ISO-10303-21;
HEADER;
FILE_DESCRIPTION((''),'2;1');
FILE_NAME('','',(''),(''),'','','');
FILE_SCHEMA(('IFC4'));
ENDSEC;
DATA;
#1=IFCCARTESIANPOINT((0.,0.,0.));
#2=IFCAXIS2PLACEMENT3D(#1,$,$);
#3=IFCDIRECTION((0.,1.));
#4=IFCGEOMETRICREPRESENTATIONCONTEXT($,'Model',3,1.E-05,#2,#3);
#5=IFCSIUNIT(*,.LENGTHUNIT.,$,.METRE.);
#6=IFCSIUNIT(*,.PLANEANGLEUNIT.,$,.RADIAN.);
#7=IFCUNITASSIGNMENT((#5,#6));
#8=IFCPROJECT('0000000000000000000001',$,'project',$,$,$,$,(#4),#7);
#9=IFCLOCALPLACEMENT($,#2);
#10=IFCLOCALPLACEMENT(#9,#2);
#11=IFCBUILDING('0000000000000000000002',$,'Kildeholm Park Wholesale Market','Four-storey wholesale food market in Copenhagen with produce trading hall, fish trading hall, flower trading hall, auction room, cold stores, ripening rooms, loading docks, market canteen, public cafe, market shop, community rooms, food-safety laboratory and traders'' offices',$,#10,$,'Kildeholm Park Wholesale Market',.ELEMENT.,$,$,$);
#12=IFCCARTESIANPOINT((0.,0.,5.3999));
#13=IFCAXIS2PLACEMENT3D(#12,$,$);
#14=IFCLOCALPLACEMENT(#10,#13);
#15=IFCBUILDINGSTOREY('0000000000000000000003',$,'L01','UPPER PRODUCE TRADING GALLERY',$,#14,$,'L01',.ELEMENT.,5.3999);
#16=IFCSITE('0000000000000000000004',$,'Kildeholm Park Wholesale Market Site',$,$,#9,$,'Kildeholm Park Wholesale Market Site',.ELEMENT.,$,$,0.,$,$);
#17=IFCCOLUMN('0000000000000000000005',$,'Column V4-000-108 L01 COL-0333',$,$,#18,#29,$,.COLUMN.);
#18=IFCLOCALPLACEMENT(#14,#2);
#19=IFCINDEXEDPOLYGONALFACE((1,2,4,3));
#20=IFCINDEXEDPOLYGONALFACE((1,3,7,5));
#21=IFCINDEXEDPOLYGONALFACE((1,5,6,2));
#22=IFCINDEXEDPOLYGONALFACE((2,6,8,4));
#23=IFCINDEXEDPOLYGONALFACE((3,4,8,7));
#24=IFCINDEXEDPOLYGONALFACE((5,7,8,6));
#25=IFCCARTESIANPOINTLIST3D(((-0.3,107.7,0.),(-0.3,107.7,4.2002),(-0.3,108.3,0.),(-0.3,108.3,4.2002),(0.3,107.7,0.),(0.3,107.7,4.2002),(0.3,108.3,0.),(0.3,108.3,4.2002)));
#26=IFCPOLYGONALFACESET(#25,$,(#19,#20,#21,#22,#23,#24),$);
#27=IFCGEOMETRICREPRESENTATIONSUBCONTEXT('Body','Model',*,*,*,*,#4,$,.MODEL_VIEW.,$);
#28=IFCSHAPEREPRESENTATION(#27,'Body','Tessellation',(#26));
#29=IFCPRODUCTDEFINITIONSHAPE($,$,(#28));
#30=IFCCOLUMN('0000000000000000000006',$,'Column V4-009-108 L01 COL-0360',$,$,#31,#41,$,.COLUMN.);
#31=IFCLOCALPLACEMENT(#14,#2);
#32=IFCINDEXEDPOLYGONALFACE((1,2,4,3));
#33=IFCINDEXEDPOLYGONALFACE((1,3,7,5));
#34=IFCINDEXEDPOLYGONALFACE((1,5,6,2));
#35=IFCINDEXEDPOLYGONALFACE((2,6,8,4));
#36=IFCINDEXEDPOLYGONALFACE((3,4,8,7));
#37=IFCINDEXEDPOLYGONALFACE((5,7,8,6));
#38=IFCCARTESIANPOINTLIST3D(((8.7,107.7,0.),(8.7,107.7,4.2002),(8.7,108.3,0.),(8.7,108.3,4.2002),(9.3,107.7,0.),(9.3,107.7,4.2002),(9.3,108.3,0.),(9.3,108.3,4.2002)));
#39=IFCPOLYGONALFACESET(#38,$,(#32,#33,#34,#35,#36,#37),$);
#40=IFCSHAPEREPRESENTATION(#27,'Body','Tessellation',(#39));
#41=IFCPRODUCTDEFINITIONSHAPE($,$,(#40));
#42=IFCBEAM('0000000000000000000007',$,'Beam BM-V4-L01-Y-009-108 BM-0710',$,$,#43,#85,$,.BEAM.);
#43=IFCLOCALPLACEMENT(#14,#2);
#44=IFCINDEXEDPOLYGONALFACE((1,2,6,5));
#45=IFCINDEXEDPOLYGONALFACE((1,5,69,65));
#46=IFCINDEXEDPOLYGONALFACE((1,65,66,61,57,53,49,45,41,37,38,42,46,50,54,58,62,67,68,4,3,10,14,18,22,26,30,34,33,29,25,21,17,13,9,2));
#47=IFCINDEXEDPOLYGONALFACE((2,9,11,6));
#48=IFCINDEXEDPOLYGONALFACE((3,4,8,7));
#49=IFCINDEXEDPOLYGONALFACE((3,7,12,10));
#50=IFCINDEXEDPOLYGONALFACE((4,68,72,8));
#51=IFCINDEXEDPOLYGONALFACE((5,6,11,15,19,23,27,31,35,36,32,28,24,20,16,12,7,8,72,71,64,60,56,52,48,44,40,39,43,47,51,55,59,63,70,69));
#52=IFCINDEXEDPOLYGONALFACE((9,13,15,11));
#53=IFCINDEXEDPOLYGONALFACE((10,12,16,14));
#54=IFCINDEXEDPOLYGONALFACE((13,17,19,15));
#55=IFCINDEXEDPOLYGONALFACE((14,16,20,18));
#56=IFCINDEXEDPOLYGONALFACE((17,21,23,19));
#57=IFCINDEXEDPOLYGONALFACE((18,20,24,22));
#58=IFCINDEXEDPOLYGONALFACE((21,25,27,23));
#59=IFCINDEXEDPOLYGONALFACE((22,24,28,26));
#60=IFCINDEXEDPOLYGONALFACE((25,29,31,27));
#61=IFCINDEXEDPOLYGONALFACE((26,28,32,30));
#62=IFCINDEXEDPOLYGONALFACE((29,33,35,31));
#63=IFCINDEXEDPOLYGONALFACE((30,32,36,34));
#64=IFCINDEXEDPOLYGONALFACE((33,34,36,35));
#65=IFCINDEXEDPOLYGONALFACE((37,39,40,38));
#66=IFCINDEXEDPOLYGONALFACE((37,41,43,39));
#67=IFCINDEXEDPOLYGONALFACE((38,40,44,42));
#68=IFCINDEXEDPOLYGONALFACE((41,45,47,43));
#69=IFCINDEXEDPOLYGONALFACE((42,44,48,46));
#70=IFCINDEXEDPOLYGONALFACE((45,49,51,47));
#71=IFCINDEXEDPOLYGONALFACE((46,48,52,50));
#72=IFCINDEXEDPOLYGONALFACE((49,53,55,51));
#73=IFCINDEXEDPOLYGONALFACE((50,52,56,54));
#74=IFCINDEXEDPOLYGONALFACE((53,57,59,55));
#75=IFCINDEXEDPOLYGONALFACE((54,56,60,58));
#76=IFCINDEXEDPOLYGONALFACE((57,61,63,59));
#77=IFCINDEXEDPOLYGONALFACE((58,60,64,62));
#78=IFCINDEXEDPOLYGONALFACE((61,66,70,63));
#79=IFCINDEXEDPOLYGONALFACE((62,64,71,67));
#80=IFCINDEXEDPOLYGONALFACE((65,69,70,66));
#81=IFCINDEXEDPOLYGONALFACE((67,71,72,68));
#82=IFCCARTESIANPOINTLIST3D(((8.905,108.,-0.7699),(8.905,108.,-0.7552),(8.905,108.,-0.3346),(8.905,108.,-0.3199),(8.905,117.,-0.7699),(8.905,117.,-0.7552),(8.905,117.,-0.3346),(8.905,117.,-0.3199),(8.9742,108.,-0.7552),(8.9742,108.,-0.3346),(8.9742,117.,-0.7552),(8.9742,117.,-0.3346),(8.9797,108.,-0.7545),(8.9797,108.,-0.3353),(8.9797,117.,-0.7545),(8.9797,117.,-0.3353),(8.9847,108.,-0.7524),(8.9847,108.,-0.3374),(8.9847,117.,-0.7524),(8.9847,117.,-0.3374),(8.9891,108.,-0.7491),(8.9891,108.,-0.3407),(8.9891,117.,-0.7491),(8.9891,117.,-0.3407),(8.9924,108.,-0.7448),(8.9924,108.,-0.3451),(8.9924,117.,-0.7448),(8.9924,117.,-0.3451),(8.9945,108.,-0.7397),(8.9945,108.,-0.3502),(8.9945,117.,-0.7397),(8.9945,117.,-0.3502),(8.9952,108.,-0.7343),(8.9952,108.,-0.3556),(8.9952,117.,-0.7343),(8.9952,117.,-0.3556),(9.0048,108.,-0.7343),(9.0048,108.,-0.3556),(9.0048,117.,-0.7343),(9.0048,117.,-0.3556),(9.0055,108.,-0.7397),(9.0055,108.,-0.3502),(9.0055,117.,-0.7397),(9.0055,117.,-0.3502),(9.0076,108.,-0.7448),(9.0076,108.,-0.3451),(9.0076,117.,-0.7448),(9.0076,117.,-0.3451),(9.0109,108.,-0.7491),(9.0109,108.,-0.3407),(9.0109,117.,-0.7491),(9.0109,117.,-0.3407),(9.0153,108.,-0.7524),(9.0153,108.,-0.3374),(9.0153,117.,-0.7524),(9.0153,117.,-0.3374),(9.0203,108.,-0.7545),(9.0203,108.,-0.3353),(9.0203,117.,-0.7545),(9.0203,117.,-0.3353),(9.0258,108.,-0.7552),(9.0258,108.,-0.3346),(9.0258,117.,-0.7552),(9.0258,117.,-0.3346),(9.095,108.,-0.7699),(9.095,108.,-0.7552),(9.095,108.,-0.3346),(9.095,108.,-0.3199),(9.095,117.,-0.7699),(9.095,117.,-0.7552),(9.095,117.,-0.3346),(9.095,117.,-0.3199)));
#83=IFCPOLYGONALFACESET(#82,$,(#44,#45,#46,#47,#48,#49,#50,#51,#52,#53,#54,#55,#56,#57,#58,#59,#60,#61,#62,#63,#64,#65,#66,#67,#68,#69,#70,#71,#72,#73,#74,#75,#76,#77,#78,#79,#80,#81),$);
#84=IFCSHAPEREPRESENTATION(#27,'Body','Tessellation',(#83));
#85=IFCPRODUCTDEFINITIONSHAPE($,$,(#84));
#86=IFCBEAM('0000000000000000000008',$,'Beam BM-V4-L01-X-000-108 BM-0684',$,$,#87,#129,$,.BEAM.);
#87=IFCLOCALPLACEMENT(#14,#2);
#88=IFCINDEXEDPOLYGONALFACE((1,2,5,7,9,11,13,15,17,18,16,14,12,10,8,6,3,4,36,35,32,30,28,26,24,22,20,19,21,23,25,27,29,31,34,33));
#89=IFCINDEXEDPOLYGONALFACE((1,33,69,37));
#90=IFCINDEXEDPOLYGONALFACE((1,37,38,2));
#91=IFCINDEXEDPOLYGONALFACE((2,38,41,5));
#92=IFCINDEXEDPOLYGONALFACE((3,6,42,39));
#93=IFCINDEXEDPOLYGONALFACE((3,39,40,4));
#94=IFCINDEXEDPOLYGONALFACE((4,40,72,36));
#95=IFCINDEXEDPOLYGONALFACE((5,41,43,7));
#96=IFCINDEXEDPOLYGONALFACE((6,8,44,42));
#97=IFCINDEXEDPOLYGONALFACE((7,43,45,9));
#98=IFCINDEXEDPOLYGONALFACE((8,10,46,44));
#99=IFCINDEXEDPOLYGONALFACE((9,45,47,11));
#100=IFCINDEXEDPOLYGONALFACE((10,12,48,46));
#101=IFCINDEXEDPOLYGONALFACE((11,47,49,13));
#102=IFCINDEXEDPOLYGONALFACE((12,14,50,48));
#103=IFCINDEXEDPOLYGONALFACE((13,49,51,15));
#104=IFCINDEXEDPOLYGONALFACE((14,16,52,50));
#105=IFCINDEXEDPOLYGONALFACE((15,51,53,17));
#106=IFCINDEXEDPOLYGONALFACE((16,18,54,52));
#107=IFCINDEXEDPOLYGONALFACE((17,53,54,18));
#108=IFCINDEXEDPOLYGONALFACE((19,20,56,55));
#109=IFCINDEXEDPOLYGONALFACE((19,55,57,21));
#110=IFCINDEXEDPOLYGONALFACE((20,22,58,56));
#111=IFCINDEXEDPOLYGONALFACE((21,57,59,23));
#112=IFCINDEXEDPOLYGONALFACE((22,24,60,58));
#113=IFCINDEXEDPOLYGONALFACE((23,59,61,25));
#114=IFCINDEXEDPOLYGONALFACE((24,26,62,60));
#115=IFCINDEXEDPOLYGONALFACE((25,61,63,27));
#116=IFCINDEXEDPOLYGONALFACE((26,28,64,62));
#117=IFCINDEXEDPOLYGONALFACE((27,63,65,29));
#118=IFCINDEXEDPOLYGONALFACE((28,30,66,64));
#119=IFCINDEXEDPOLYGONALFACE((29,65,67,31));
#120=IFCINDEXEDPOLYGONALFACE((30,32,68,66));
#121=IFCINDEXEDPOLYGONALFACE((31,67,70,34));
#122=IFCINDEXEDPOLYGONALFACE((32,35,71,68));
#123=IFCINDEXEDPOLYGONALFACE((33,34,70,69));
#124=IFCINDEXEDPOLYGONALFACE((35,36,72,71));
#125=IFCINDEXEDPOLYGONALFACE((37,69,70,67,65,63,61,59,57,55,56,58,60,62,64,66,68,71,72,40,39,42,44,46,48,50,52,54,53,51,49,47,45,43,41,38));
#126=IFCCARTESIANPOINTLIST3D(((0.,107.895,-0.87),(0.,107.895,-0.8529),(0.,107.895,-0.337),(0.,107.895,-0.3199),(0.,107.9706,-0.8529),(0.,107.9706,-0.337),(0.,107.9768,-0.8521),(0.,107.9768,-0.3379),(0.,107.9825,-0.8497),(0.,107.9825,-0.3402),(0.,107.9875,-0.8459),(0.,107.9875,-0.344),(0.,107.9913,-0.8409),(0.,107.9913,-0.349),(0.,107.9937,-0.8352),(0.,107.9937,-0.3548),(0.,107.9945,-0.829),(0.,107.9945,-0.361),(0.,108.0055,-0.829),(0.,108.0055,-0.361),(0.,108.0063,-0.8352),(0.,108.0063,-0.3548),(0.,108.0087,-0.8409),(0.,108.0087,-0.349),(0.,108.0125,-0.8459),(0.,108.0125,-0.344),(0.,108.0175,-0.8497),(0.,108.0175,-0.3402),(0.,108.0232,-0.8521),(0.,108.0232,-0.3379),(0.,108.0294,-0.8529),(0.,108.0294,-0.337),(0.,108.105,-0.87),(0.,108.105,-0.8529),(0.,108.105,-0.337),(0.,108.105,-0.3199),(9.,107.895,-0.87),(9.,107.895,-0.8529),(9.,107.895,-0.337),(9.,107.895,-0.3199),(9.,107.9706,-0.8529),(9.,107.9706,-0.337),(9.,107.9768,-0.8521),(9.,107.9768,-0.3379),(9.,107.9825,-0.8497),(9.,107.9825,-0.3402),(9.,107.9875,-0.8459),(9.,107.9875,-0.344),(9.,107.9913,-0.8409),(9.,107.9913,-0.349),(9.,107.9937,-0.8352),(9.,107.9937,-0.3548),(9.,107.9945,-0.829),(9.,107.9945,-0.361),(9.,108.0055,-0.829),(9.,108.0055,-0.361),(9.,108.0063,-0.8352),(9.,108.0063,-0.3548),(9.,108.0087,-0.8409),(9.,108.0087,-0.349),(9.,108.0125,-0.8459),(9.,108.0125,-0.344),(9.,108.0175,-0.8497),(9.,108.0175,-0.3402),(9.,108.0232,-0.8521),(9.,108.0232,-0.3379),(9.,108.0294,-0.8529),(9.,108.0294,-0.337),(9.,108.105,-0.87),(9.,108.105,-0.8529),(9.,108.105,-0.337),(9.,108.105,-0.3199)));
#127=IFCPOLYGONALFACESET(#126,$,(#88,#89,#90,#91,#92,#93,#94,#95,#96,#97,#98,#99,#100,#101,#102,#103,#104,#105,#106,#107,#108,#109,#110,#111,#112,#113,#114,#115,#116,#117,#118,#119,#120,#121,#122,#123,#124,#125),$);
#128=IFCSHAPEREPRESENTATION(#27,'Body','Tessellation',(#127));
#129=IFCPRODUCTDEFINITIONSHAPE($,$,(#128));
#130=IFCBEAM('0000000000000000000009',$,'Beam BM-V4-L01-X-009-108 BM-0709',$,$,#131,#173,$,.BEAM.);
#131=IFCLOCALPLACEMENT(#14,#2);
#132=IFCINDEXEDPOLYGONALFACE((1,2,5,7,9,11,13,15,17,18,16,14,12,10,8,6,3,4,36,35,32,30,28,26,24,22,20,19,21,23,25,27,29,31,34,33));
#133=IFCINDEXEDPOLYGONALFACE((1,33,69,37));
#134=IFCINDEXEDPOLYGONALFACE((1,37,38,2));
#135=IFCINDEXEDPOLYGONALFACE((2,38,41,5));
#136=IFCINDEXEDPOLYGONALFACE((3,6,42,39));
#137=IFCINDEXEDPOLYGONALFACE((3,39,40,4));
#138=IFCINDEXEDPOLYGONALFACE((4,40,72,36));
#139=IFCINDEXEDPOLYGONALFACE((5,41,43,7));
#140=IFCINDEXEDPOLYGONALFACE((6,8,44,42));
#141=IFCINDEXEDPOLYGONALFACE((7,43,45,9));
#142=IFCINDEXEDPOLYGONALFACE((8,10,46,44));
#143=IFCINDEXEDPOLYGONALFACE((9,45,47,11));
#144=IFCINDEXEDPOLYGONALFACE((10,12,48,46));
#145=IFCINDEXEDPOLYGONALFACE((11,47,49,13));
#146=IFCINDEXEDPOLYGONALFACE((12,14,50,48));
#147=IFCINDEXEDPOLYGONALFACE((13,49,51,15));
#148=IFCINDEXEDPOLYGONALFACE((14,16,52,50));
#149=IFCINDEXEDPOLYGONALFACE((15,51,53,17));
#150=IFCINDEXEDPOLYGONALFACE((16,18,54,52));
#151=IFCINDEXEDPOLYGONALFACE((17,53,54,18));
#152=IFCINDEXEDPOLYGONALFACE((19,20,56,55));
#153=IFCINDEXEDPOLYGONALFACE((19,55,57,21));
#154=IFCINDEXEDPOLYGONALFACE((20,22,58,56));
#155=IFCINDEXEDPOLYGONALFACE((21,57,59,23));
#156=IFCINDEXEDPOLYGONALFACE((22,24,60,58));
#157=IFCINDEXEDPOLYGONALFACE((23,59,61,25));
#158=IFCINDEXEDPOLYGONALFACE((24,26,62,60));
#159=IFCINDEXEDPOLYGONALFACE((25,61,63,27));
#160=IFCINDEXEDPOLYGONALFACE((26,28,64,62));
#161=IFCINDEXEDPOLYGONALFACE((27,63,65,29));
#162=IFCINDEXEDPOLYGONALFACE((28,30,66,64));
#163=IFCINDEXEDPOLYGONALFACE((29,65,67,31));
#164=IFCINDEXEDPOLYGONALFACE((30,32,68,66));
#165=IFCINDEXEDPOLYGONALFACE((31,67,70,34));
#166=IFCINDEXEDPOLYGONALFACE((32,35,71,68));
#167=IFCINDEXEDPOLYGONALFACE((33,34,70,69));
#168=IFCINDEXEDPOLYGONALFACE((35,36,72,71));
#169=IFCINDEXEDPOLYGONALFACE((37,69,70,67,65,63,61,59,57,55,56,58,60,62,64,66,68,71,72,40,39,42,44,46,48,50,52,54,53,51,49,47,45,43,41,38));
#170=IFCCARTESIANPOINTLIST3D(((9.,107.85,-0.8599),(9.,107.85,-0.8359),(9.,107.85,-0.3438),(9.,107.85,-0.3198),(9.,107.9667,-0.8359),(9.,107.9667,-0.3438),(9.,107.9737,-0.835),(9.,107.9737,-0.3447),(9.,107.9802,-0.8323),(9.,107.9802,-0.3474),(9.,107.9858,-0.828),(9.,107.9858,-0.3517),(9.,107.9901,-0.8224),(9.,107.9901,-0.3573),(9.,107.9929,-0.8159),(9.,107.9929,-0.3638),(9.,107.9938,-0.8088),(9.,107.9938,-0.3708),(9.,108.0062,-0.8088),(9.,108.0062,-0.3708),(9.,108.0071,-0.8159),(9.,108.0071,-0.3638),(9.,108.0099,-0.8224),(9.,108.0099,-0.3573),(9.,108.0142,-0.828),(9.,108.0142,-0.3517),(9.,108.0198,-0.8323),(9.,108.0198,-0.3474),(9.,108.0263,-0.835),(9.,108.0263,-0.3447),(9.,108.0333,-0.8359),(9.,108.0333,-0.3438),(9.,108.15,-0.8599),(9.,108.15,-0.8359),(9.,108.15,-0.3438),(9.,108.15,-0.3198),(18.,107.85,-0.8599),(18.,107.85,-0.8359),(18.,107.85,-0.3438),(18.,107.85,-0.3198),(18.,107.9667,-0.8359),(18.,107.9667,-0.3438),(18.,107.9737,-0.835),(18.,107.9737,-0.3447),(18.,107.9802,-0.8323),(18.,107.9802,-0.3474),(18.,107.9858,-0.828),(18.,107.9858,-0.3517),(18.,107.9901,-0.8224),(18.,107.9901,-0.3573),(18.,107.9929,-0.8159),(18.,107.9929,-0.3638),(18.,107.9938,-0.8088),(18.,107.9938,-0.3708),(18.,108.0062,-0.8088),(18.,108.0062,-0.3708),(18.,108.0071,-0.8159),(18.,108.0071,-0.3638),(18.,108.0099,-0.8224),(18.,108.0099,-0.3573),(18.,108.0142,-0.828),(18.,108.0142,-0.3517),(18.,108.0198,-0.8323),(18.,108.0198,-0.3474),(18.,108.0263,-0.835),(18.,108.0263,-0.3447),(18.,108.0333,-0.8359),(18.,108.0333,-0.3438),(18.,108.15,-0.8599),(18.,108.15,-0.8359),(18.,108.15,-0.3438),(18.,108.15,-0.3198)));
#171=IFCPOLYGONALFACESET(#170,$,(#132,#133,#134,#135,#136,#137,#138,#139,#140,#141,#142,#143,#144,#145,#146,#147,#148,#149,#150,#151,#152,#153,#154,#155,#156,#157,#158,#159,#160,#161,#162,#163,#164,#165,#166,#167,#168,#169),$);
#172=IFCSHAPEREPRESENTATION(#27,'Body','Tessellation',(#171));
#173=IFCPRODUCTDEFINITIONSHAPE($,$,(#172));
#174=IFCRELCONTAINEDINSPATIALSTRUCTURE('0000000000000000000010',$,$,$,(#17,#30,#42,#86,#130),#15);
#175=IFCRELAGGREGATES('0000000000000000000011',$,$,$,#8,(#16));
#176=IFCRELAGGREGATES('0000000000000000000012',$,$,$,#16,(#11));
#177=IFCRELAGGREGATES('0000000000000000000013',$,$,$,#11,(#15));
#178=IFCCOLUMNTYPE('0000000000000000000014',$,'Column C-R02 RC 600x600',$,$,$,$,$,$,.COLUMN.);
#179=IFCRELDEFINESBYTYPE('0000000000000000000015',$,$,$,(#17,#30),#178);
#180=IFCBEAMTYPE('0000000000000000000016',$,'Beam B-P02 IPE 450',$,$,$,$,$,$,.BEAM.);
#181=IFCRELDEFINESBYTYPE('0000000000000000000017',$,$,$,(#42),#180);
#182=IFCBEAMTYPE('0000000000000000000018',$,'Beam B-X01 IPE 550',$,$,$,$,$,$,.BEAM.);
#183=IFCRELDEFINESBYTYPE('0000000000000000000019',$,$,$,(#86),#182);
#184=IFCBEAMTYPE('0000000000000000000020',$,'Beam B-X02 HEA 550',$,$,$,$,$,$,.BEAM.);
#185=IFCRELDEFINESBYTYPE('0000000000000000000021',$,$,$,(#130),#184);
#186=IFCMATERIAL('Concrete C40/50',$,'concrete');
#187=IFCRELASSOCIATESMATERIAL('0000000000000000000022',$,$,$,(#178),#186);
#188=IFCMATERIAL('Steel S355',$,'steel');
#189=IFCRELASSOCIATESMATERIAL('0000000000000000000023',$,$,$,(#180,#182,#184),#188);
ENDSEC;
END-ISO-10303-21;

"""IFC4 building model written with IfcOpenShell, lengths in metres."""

from ifc_helpers import new_model, si_unit, direction, frame, origin, origin_2d, place, context, subcontext, project, spatial, rectangle, i_section, extrude, material, material_profile, profile_set, type_object, element, save


model = new_model("IFC4")

# Units and contexts
model_context = context("Model", 3, precision=1e-05, world=origin(), true_north=direction((0.0, 1.0)))
body_context = subcontext(model_context, "Body", "Model", "MODEL_VIEW")
ifc_project = project(units=[si_unit("LENGTHUNIT", "METRE"), si_unit("PLANEANGLEUNIT", "RADIAN")], contexts=[model_context])

# Site, building, storey
site_placement = place(None, origin())
site = spatial("IfcSite", under=ifc_project, at=site_placement, Name="Kildeholm Park Wholesale Market Site", LongName="Kildeholm Park Wholesale Market Site", CompositionType="ELEMENT", RefElevation=0.0)
building_placement = place(site_placement, origin())
building = spatial("IfcBuilding", under=site, at=building_placement, Name="Kildeholm Park Wholesale Market", Description="Four-storey wholesale food market in Copenhagen with produce trading hall, fish trading hall, flower trading hall, auction room, cold stores, ripening rooms, loading docks, market canteen, public cafe, market shop, community rooms, food-safety laboratory and traders' offices", LongName="Kildeholm Park Wholesale Market", CompositionType="ELEMENT")
storey_placement = place(building_placement, frame((0.0, 0.0, 5.3999)))
storey = spatial("IfcBuildingStorey", under=building, at=storey_placement, Name="L01", Description="UPPER PRODUCE TRADING GALLERY", LongName="L01", CompositionType="ELEMENT", Elevation=5.3999)

# Columns
ifc_material_1 = material(Name="Concrete C40/50", Category="concrete")
ifc_material_profile_1 = material_profile(ifc_material_1, rectangle(XDim=0.6001, YDim=0.6001, at=origin_2d()), Name="RC 600x600")
ifc_profile_set_1 = profile_set([ifc_material_profile_1], Name="Concrete C40/50")
column_type = type_object("IfcColumnType", Name="Column C-R02 RC 600x600", PredefinedType="COLUMN", material=ifc_profile_set_1)
for number, where, z_axis, x_axis, name in (
    (1, (0.0, 108.0, 0.0), (0.0, 0.0, 1.0), (1.0, 0.0, 0.0), "Column V4-000-108 L01 COL-0333"),
    (2, (9.0, 108.0, 0.0), (0.0, 0.0, 1.0), (1.0, 0.0, 0.0), "Column V4-009-108 L01 COL-0360"),
):
    element("IfcColumn", number, at=place(storey_placement, frame(where, z_axis=z_axis, x_axis=x_axis)), inside=storey, type_object=column_type, Name=name, PredefinedType="COLUMN", context=body_context, shape_type="SweptSolid", body=[
        extrude(rectangle(XDim=0.6001, YDim=0.6001, at=origin_2d()), origin(), (0.0, 0.0, 1.0), 4.2002),
    ])

# Beams
ifc_material_2 = material(Name="Steel S355", Category="steel")
ifc_material_profile_2 = material_profile(ifc_material_2, i_section(OverallWidth=0.1899, OverallDepth=0.45, WebThickness=0.0095, FlangeThickness=0.0146, FilletRadius=0.021, at=origin_2d()), Name="IPE 450")
ifc_profile_set_2 = profile_set([ifc_material_profile_2], Name="Steel S355")
beam_type_1 = type_object("IfcBeamType", Name="Beam B-P02 IPE 450", PredefinedType="BEAM", material=ifc_profile_set_2)
beam_1_placement = place(storey_placement, frame((9.0, 108.0, -0.5449), z_axis=(0.0, 1.0, 0.0), x_axis=(-1.0, 0.0, 0.0)))
element("IfcBeam", 3, at=beam_1_placement, inside=storey, type_object=beam_type_1, Name="Beam BM-V4-L01-Y-009-108 BM-0710", PredefinedType="BEAM", context=body_context, shape_type="SweptSolid", body=[
    extrude(i_section(OverallWidth=0.1899, OverallDepth=0.45, WebThickness=0.0095, FlangeThickness=0.0146, FilletRadius=0.021, at=origin_2d()), origin(), (0.0, 0.0, 1.0), 9.0),
])
ifc_material_profile_3 = material_profile(ifc_material_2, i_section(OverallWidth=0.21, OverallDepth=0.55, WebThickness=0.011, FlangeThickness=0.0171, FilletRadius=0.0239, at=origin_2d()), Name="IPE 550")
ifc_profile_set_3 = profile_set([ifc_material_profile_3], Name="Steel S355")
beam_type_2 = type_object("IfcBeamType", Name="Beam B-X01 IPE 550", PredefinedType="BEAM", material=ifc_profile_set_3)
beam_2_placement = place(storey_placement, frame((0.0, 108.0, -0.595), z_axis=(1.0, 0.0, 0.0), x_axis=(0.0, 1.0, 0.0)))
element("IfcBeam", 4, at=beam_2_placement, inside=storey, type_object=beam_type_2, Name="Beam BM-V4-L01-X-000-108 BM-0684", PredefinedType="BEAM", context=body_context, shape_type="SweptSolid", body=[
    extrude(i_section(OverallWidth=0.21, OverallDepth=0.55, WebThickness=0.011, FlangeThickness=0.0171, FilletRadius=0.0239, at=origin_2d()), origin(), (0.0, 0.0, 1.0), 9.0),
])
ifc_material_profile_4 = material_profile(ifc_material_2, i_section(OverallWidth=0.3, OverallDepth=0.54, WebThickness=0.0125, FlangeThickness=0.0239, FilletRadius=0.0271, at=origin_2d()), Name="HEA 550")
ifc_profile_set_4 = profile_set([ifc_material_profile_4], Name="Steel S355")
beam_type_3 = type_object("IfcBeamType", Name="Beam B-X02 HEA 550", PredefinedType="BEAM", material=ifc_profile_set_4)
beam_3_placement = place(storey_placement, frame((9.0, 108.0, -0.5898), z_axis=(1.0, 0.0, 0.0), x_axis=(0.0, 1.0, 0.0)))
element("IfcBeam", 5, at=beam_3_placement, inside=storey, type_object=beam_type_3, Name="Beam BM-V4-L01-X-009-108 BM-0709", PredefinedType="BEAM", context=body_context, shape_type="SweptSolid", body=[
    extrude(i_section(OverallWidth=0.3, OverallDepth=0.54, WebThickness=0.0125, FlangeThickness=0.0239, FilletRadius=0.0271, at=origin_2d()), origin(), (0.0, 0.0, 1.0), 9.0),
])

save(model, "model.ifc")
